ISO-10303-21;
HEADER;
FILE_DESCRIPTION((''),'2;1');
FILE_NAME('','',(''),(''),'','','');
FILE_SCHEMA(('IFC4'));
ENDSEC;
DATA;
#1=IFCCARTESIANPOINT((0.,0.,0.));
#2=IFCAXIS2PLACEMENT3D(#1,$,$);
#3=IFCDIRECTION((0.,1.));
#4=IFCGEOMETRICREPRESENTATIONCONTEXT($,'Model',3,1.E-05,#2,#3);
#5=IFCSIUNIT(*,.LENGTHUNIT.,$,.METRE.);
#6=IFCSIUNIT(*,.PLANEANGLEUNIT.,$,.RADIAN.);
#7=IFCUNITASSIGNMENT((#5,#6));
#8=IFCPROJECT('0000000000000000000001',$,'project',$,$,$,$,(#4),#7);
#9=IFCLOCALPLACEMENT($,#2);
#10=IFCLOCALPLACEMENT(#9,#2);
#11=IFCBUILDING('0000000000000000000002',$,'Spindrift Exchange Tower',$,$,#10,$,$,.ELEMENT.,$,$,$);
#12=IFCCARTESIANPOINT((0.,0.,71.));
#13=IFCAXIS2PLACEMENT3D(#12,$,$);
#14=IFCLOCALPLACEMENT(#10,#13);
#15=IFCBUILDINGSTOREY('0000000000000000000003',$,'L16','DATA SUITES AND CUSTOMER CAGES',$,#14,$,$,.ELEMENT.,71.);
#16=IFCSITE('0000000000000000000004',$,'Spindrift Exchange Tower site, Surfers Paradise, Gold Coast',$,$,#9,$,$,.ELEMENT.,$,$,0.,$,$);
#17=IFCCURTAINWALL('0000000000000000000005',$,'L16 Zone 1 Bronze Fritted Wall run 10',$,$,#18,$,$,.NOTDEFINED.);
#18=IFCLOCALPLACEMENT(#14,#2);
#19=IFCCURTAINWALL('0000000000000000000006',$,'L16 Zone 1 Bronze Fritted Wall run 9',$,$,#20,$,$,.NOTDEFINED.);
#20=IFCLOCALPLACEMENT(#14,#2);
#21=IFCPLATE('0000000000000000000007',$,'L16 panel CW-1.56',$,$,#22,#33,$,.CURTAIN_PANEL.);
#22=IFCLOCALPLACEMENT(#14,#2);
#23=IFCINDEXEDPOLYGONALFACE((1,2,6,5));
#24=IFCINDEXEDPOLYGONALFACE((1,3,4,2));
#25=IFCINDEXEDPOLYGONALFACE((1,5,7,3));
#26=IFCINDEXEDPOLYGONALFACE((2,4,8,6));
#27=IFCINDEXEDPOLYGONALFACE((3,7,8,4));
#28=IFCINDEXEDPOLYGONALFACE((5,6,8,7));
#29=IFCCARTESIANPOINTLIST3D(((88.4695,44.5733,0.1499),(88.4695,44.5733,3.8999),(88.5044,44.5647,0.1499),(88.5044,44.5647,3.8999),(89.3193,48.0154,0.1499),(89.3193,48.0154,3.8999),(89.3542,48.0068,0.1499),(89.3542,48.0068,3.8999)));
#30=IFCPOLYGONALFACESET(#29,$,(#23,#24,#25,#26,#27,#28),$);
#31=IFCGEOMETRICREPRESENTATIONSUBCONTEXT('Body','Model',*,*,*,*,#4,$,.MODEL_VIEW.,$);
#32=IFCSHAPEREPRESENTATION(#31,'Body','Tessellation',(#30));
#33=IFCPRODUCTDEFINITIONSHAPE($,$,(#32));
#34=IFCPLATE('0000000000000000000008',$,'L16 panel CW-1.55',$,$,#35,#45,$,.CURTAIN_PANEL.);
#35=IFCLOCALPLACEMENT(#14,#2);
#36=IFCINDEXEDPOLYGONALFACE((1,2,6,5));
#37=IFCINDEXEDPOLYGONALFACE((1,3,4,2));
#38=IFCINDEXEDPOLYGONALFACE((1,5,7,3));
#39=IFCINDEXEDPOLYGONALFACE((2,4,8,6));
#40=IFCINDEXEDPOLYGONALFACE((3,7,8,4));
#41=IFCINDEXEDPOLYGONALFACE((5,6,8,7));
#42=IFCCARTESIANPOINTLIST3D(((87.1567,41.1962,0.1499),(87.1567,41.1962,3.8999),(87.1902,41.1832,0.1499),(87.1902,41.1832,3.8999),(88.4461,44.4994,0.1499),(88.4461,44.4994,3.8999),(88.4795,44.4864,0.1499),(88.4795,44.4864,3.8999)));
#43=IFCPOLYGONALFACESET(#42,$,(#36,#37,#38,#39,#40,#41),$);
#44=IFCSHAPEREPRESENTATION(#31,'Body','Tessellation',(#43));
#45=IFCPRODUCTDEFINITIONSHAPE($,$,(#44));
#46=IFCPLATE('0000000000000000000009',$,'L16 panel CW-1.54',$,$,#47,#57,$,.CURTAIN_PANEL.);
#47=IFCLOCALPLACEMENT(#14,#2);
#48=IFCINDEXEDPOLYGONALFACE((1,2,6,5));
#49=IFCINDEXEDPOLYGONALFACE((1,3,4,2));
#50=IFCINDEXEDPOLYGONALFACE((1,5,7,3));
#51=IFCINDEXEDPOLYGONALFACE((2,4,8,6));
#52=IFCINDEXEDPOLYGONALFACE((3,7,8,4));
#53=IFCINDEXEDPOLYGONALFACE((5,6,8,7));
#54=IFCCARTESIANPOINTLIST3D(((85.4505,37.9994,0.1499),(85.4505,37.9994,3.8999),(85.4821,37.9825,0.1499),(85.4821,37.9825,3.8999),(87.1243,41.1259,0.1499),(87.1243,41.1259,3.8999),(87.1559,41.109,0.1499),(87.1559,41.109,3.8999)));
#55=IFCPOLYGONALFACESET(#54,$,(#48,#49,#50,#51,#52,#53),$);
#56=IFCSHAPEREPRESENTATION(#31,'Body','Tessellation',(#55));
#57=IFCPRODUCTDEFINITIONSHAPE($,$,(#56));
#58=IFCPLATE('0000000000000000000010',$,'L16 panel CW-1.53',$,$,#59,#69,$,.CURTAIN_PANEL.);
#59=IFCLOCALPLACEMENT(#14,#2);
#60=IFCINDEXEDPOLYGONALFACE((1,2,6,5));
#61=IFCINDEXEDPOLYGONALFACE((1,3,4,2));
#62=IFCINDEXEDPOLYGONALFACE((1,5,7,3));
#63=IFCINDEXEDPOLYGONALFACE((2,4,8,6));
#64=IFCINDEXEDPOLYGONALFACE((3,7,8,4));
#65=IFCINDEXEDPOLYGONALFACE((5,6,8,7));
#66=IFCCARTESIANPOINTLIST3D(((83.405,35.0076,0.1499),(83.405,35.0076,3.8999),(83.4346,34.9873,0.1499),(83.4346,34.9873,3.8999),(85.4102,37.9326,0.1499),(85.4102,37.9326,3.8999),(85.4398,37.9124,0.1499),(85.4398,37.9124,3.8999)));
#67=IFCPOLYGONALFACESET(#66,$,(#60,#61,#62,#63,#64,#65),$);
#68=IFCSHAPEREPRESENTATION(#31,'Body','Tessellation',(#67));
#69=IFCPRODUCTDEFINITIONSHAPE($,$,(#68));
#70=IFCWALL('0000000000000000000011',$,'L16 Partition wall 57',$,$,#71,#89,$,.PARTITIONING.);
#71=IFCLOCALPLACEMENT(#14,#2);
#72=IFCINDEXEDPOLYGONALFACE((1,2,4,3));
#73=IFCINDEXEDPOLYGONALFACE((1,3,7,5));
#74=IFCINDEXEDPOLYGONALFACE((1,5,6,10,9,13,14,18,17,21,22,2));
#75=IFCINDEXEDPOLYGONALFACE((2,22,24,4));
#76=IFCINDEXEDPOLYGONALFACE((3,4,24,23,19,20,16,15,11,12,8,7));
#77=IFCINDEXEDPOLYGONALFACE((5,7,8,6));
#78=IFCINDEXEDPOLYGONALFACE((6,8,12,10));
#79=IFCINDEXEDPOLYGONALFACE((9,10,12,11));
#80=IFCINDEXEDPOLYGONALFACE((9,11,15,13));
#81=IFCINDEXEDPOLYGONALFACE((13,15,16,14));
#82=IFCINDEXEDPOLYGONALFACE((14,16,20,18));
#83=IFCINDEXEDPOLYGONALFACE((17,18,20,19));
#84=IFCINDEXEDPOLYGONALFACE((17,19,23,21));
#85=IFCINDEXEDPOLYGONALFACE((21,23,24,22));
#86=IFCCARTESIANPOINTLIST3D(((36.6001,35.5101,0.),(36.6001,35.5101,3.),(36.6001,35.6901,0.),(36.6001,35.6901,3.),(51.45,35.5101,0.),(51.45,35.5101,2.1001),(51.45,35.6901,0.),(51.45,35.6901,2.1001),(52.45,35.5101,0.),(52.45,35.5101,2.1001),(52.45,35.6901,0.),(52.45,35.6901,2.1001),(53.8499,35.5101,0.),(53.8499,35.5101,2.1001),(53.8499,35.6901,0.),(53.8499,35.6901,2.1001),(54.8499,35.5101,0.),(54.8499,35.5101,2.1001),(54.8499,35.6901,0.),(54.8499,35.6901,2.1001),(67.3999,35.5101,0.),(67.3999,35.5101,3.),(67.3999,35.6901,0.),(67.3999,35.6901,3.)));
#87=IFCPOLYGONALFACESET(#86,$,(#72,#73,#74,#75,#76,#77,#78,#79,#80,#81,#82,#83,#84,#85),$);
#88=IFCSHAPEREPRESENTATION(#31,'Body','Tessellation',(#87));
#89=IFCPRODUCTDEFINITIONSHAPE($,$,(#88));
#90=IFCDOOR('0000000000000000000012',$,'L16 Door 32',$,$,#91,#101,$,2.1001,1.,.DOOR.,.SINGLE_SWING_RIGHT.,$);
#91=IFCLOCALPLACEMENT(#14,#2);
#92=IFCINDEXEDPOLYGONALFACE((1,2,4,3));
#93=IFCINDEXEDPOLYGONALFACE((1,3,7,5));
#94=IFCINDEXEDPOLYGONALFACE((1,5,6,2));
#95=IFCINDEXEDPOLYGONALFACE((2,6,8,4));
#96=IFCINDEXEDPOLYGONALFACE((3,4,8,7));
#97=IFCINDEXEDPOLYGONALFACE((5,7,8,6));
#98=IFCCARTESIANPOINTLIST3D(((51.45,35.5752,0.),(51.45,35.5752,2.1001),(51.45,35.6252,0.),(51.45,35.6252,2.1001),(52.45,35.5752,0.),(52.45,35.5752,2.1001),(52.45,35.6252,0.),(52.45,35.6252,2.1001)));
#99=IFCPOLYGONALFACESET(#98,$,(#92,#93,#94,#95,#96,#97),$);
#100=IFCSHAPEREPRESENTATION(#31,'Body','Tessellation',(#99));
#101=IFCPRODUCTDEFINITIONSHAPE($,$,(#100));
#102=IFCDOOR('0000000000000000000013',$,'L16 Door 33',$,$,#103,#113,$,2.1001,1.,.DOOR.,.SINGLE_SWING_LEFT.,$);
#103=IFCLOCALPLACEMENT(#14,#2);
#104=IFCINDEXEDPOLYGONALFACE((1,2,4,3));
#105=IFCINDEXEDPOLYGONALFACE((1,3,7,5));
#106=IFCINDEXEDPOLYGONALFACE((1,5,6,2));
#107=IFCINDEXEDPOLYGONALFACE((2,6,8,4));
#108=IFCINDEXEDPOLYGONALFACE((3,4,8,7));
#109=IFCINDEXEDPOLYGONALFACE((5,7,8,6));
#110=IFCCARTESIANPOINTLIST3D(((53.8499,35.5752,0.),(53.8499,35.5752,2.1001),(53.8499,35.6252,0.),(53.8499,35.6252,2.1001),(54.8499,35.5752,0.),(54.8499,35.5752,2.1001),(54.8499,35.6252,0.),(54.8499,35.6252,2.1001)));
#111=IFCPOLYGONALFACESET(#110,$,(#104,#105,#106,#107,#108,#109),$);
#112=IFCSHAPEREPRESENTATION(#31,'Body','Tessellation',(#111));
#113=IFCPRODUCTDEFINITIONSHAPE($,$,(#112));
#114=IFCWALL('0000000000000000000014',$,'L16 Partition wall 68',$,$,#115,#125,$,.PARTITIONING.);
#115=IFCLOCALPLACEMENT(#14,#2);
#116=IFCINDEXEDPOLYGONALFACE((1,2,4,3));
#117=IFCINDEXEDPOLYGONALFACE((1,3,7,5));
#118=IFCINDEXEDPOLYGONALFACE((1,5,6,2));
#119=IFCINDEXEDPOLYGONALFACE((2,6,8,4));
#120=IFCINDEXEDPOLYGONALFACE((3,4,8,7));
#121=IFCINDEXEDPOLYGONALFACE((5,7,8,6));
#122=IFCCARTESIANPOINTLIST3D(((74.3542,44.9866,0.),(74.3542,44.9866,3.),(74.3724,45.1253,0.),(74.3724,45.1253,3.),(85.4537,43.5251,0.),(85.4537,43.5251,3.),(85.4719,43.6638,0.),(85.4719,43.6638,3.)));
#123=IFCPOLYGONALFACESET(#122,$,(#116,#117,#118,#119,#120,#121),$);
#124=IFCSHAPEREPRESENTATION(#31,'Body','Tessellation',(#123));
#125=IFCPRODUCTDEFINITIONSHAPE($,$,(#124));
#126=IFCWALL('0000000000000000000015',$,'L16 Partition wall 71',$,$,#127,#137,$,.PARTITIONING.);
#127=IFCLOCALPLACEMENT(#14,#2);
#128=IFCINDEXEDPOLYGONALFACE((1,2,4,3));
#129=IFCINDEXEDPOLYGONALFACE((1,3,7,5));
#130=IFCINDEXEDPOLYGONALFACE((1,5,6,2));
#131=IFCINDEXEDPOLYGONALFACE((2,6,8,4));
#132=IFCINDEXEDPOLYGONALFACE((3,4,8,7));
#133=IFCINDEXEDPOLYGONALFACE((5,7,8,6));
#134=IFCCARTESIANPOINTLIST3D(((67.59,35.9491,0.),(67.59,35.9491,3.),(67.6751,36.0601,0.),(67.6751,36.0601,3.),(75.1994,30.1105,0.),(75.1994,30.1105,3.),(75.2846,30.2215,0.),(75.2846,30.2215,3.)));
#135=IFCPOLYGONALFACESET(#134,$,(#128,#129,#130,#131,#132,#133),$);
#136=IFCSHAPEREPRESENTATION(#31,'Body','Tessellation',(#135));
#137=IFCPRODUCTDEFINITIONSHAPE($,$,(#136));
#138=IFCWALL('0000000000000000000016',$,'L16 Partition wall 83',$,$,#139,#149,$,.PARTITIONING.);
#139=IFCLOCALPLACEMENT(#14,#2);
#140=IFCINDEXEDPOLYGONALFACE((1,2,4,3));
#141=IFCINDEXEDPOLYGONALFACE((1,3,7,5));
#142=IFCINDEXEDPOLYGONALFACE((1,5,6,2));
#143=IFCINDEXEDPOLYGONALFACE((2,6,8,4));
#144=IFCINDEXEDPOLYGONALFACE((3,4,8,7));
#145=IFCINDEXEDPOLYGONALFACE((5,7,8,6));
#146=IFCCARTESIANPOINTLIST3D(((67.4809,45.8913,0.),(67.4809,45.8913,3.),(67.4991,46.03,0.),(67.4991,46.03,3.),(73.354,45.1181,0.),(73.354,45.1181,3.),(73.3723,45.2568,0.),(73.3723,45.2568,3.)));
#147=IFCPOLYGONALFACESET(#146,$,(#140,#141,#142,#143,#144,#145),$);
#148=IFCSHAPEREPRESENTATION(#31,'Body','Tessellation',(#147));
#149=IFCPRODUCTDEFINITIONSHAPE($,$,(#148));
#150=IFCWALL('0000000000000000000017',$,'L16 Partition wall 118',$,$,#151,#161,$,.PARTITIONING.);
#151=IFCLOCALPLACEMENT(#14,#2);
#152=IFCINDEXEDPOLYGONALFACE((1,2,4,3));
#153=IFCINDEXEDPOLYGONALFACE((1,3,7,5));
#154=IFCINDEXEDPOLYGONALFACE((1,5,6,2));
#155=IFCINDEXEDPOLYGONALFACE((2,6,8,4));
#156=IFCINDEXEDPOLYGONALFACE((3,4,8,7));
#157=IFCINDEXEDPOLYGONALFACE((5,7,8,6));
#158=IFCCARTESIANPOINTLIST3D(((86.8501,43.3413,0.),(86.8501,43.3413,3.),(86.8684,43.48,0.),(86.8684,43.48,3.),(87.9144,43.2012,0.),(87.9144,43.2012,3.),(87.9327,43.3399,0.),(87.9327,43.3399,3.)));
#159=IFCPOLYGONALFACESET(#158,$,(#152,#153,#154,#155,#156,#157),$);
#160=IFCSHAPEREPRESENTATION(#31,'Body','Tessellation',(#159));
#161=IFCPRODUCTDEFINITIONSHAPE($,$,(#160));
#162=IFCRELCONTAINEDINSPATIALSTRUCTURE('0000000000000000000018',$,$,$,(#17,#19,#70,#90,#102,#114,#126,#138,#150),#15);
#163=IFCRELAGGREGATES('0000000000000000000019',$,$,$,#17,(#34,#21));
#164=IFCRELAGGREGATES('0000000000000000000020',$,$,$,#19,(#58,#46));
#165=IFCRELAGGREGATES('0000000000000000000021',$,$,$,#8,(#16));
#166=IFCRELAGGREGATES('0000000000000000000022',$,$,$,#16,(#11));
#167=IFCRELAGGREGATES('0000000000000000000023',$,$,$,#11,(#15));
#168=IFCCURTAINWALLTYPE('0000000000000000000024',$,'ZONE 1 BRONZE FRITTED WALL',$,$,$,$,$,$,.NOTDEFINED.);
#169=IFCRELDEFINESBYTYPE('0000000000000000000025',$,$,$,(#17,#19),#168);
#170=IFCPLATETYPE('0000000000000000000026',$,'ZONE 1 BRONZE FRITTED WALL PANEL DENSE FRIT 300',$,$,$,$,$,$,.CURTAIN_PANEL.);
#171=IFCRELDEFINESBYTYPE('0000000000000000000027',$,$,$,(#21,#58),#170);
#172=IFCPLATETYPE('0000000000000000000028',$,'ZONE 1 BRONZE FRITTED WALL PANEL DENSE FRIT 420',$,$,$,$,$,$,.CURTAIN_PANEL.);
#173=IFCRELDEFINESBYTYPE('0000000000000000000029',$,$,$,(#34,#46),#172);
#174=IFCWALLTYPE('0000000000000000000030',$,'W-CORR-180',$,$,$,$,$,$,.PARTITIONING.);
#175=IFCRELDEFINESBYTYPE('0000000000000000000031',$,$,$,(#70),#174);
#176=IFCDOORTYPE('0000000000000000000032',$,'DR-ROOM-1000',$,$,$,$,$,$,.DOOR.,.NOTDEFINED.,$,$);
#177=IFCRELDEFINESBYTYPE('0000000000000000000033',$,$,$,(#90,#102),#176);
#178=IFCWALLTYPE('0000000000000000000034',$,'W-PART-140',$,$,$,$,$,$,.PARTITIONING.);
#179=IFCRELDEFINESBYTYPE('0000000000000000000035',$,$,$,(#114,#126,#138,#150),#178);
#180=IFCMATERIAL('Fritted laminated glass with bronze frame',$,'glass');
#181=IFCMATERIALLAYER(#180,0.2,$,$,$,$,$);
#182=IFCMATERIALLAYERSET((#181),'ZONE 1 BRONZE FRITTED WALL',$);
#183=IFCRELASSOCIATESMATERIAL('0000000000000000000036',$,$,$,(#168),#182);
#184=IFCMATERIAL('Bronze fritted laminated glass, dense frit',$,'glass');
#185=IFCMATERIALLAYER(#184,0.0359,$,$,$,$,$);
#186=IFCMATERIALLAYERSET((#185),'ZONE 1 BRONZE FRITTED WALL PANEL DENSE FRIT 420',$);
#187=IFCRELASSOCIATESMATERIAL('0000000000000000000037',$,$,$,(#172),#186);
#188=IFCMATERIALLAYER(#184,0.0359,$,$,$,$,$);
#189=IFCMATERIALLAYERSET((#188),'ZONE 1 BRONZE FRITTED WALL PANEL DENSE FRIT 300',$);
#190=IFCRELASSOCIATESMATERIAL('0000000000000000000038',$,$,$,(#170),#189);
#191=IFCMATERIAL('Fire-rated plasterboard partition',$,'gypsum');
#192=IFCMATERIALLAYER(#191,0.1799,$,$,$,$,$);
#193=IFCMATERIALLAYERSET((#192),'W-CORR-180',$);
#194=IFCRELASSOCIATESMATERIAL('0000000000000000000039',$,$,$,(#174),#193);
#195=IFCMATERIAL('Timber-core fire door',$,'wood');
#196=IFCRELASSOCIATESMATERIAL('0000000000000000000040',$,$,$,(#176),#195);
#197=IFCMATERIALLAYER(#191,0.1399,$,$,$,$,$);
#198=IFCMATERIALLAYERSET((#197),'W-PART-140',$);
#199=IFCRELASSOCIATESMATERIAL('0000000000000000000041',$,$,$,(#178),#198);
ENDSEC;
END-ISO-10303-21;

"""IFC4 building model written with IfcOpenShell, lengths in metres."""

from ifc_helpers import new_model, si_unit, direction, frame, frame_2d, origin, origin_2d, place, context, subcontext, project, spatial, rectangle, extrude, source, transform, mapped, material, layer, layer_set, type_object, element, fill, aggregate, save


model = new_model("IFC4")

# Units and contexts
model_context = context("Model", 3, precision=1e-05, world=origin(), true_north=direction((0.0, 1.0)))
body_context = subcontext(model_context, "Body", "Model", "MODEL_VIEW")
ifc_project = project(units=[si_unit("LENGTHUNIT", "METRE"), si_unit("PLANEANGLEUNIT", "RADIAN")], contexts=[model_context])

# Site, building, storey
site_placement = place(None, origin())
site = spatial("IfcSite", under=ifc_project, at=site_placement, Name="Spindrift Exchange Tower site, Surfers Paradise, Gold Coast", CompositionType="ELEMENT", RefElevation=0.0)
building_placement = place(site_placement, origin())
building = spatial("IfcBuilding", under=site, at=building_placement, Name="Spindrift Exchange Tower", CompositionType="ELEMENT")
storey_placement = place(building_placement, frame((0.0, 0.0, 71.0)))
storey = spatial("IfcBuildingStorey", under=building, at=storey_placement, Name="L16", Description="DATA SUITES AND CUSTOMER CAGES", CompositionType="ELEMENT", Elevation=71.0)

# Curtain wall
ifc_material_1 = material(Name="Fritted laminated glass with bronze frame", Category="glass")
ifc_layer_1 = layer(ifc_material_1, 0.2)
ifc_layer_set_1 = layer_set([ifc_layer_1], Name="ZONE 1 BRONZE FRITTED WALL")
curtain_wall_type = type_object("IfcCurtainWallType", Name="ZONE 1 BRONZE FRITTED WALL", PredefinedType="NOTDEFINED", material=ifc_layer_set_1)
curtain_wall_1_placement = place(storey_placement, origin())
curtain_wall_1 = element("IfcCurtainWall", 1, at=curtain_wall_1_placement, inside=storey, type_object=curtain_wall_type, Name="L16 Zone 1 Bronze Fritted Wall run 10", PredefinedType="NOTDEFINED")

# Curtain wall
curtain_wall_2_placement = place(storey_placement, origin())
curtain_wall_2 = element("IfcCurtainWall", 2, at=curtain_wall_2_placement, inside=storey, type_object=curtain_wall_type, Name="L16 Zone 1 Bronze Fritted Wall run 9", PredefinedType="NOTDEFINED")

# Plates
ifc_material_2 = material(Name="Bronze fritted laminated glass, dense frit", Category="glass")
ifc_layer_2 = layer(ifc_material_2, 0.0359)
ifc_layer_set_2 = layer_set([ifc_layer_2], Name="ZONE 1 BRONZE FRITTED WALL PANEL DENSE FRIT 420")
plate_type_1 = type_object("IfcPlateType", Name="ZONE 1 BRONZE FRITTED WALL PANEL DENSE FRIT 420", PredefinedType="CURTAIN_PANEL", material=ifc_layer_set_2)
ifc_layer_3 = layer(ifc_material_2, 0.0359)
ifc_layer_set_3 = layer_set([ifc_layer_3], Name="ZONE 1 BRONZE FRITTED WALL PANEL DENSE FRIT 300")
plate_type_2 = type_object("IfcPlateType", Name="ZONE 1 BRONZE FRITTED WALL PANEL DENSE FRIT 300", PredefinedType="CURTAIN_PANEL", material=ifc_layer_set_3)
shared_shape_1 = source(origin(), body_context, "Body", "SweptSolid", [
    extrude(rectangle(XDim=3.5454, YDim=0.0359, at=origin_2d()), origin(), (0.0, 0.0, 1.0), 3.75),
])
plate_1_placement = place(storey_placement, frame((88.9119, 46.29, 0.1499), z_axis=(0.0, 0.0, 1.0), x_axis=(0.239693, 0.970849, 0.0)))
plate_1 = element("IfcPlate", 3, at=plate_1_placement, type_object=plate_type_2, Name="L16 panel CW-1.56", PredefinedType="CURTAIN_PANEL", context=body_context, shape_type="MappedRepresentation", body=[
    mapped(shared_shape_1, transform((0.0, 0.0, 0.0), scale=1.0)),
])
shared_shape_2 = source(origin(), body_context, "Body", "SweptSolid", [
    extrude(rectangle(XDim=3.5459, YDim=0.0359, at=origin_2d()), origin(), (0.0, 0.0, 1.0), 3.75),
])
plate_2_placement = place(storey_placement, frame((87.8181, 42.8413, 0.1499), z_axis=(0.0, 0.0, 1.0), x_axis=(0.363617, 0.931549, 0.0)))
plate_2 = element("IfcPlate", 4, at=plate_2_placement, type_object=plate_type_1, Name="L16 panel CW-1.55", PredefinedType="CURTAIN_PANEL", context=body_context, shape_type="MappedRepresentation", body=[
    mapped(shared_shape_2, transform((0.0, 0.0, 0.0), scale=1.0)),
])
aggregate(curtain_wall_1, [plate_2, plate_1])
shared_shape_3 = source(origin(), body_context, "Body", "SweptSolid", [
    extrude(rectangle(XDim=3.5464, YDim=0.0359, at=origin_2d()), origin(), (0.0, 0.0, 1.0), 3.75),
])
plate_3_placement = place(storey_placement, frame((86.3032, 39.5542, 0.1499), z_axis=(0.0, 0.0, 1.0), x_axis=(0.471969, 0.881615, 0.0)))
plate_3 = element("IfcPlate", 5, at=plate_3_placement, type_object=plate_type_1, Name="L16 panel CW-1.54", PredefinedType="CURTAIN_PANEL", context=body_context, shape_type="MappedRepresentation", body=[
    mapped(shared_shape_3, transform((0.0, 0.0, 0.0), scale=1.0)),
])
shared_shape_4 = source(origin(), body_context, "Body", "SweptSolid", [
    extrude(rectangle(XDim=3.5464, YDim=0.0359, at=origin_2d()), origin(), (0.0, 0.0, 1.0), 3.75),
])
plate_4_placement = place(storey_placement, frame((84.4224, 36.46, 0.1499), z_axis=(0.0, 0.0, 1.0), x_axis=(0.565415, 0.824807, 0.0)))
plate_4 = element("IfcPlate", 6, at=plate_4_placement, type_object=plate_type_2, Name="L16 panel CW-1.53", PredefinedType="CURTAIN_PANEL", context=body_context, shape_type="MappedRepresentation", body=[
    mapped(shared_shape_4, transform((0.0, 0.0, 0.0), scale=1.0)),
])
aggregate(curtain_wall_2, [plate_4, plate_3])

# Wall, openings, doors
ifc_material_3 = material(Name="Fire-rated plasterboard partition", Category="gypsum")
ifc_layer_4 = layer(ifc_material_3, 0.1799)
ifc_layer_set_4 = layer_set([ifc_layer_4], Name="W-CORR-180")
wall_type_1 = type_object("IfcWallType", Name="W-CORR-180", PredefinedType="PARTITIONING", material=ifc_layer_set_4)
wall_1_placement = place(storey_placement, frame((67.3999, 35.6001, 0.0), z_axis=(0.0, 0.0, 1.0), x_axis=(-1.0, 0.0, 0.0)))
wall_1 = element("IfcWall", 7, at=wall_1_placement, inside=storey, type_object=wall_type_1, Name="L16 Partition wall 57", PredefinedType="PARTITIONING", context=body_context, shape_type="SweptSolid", body=[
    extrude(rectangle(XDim=30.7998, YDim=0.1799, at=frame_2d((15.3999, 0.0))), origin(), (0.0, 0.0, 1.0), 3.0),
])
opening_1_placement = place(wall_1_placement, frame((14.95, 0.0, 0.0)))
opening_1 = element("IfcOpeningElement", 8, at=opening_1_placement, cuts=wall_1, PredefinedType="OPENING", context=body_context, shape_type="SweptSolid", body=[
    extrude(rectangle(XDim=1.0, YDim=2.1001, at=frame_2d((0.5, 1.05))), frame((0.0, 0.0999, 0.0), z_axis=(0.0, -1.0, 0.0), x_axis=(1.0, 0.0, 0.0)), (0.0, 0.0, 1.0), 0.2),
])
opening_2_placement = place(wall_1_placement, frame((12.55, 0.0, 0.0)))
opening_2 = element("IfcOpeningElement", 9, at=opening_2_placement, cuts=wall_1, PredefinedType="OPENING", context=body_context, shape_type="SweptSolid", body=[
    extrude(rectangle(XDim=1.0, YDim=2.1001, at=frame_2d((0.5, 1.05))), frame((0.0, 0.0999, 0.0), z_axis=(0.0, -1.0, 0.0), x_axis=(1.0, 0.0, 0.0)), (0.0, 0.0, 1.0), 0.2),
])
ifc_material_4 = material(Name="Timber-core fire door", Category="wood")
door_type = type_object("IfcDoorType", Name="DR-ROOM-1000", OperationType="NOTDEFINED", PredefinedType="DOOR", material=ifc_material_4)
shared_shape_5 = source(origin(), body_context, "Body", "SweptSolid", [
    extrude(rectangle(XDim=1.0, YDim=2.1001, at=frame_2d((0.5, 1.05))), frame((0.0, 0.0249, 0.0), z_axis=(0.0, -1.0, 0.0), x_axis=(1.0, 0.0, 0.0)), (0.0, 0.0, 1.0), 0.05),
])
door_1_placement = place(opening_1_placement, origin())
door_1 = element("IfcDoor", 10, at=door_1_placement, inside=storey, type_object=door_type, Name="L16 Door 32", OperationType="SINGLE_SWING_RIGHT", OverallHeight=2.1001, OverallWidth=1.0, PredefinedType="DOOR", context=body_context, shape_type="MappedRepresentation", body=[
    mapped(shared_shape_5, transform((0.0, 0.0, 0.0), scale=1.0)),
])
fill(opening_1, door_1)
door_2_placement = place(opening_2_placement, origin())
door_2 = element("IfcDoor", 11, at=door_2_placement, inside=storey, type_object=door_type, Name="L16 Door 33", OperationType="SINGLE_SWING_LEFT", OverallHeight=2.1001, OverallWidth=1.0, PredefinedType="DOOR", context=body_context, shape_type="MappedRepresentation", body=[
    mapped(shared_shape_5, transform((0.0, 0.0, 0.0), scale=1.0)),
])
fill(opening_2, door_2)

# Walls
ifc_layer_5 = layer(ifc_material_3, 0.1399)
ifc_layer_set_5 = layer_set([ifc_layer_5], Name="W-PART-140")
wall_type_2 = type_object("IfcWallType", Name="W-PART-140", PredefinedType="PARTITIONING", material=ifc_layer_set_5)
wall_2_placement = place(storey_placement, frame((74.3633, 45.0559, 0.0), z_axis=(0.0, 0.0, 1.0), x_axis=(0.991443, -0.130538, 0.0)))
element("IfcWall", 12, at=wall_2_placement, inside=storey, type_object=wall_type_2, Name="L16 Partition wall 68", PredefinedType="PARTITIONING", context=body_context, shape_type="SweptSolid", body=[
    extrude(rectangle(XDim=11.1953, YDim=0.1399, at=frame_2d((5.5977, 0.0))), origin(), (0.0, 0.0, 1.0), 3.0),
])
wall_3_placement = place(storey_placement, frame((67.6326, 36.0046, 0.0), z_axis=(0.0, 0.0, 1.0), x_axis=(0.793366, -0.608745, 0.0)))
element("IfcWall", 13, at=wall_3_placement, inside=storey, type_object=wall_type_2, Name="L16 Partition wall 71", PredefinedType="PARTITIONING", context=body_context, shape_type="SweptSolid", body=[
    extrude(rectangle(XDim=9.5913, YDim=0.1399, at=frame_2d((4.7957, 0.0))), origin(), (0.0, 0.0, 1.0), 3.0),
])
wall_4_placement = place(storey_placement, frame((67.49, 45.9607, 0.0), z_axis=(0.0, 0.0, 1.0), x_axis=(0.991445, -0.130525, 0.0)))
element("IfcWall", 14, at=wall_4_placement, inside=storey, type_object=wall_type_2, Name="L16 Partition wall 83", PredefinedType="PARTITIONING", context=body_context, shape_type="SweptSolid", body=[
    extrude(rectangle(XDim=5.9238, YDim=0.1399, at=frame_2d((2.9619, 0.0))), origin(), (0.0, 0.0, 1.0), 3.0),
])
wall_5_placement = place(storey_placement, frame((86.8594, 43.4106, 0.0), z_axis=(0.0, 0.0, 1.0), x_axis=(0.991441, -0.130555, 0.0)))
element("IfcWall", 15, at=wall_5_placement, inside=storey, type_object=wall_type_2, Name="L16 Partition wall 118", PredefinedType="PARTITIONING", context=body_context, shape_type="SweptSolid", body=[
    extrude(rectangle(XDim=1.0735, YDim=0.1399, at=frame_2d((0.5366, 0.0))), origin(), (0.0, 0.0, 1.0), 3.0),
])

save(model, "model.ifc")
